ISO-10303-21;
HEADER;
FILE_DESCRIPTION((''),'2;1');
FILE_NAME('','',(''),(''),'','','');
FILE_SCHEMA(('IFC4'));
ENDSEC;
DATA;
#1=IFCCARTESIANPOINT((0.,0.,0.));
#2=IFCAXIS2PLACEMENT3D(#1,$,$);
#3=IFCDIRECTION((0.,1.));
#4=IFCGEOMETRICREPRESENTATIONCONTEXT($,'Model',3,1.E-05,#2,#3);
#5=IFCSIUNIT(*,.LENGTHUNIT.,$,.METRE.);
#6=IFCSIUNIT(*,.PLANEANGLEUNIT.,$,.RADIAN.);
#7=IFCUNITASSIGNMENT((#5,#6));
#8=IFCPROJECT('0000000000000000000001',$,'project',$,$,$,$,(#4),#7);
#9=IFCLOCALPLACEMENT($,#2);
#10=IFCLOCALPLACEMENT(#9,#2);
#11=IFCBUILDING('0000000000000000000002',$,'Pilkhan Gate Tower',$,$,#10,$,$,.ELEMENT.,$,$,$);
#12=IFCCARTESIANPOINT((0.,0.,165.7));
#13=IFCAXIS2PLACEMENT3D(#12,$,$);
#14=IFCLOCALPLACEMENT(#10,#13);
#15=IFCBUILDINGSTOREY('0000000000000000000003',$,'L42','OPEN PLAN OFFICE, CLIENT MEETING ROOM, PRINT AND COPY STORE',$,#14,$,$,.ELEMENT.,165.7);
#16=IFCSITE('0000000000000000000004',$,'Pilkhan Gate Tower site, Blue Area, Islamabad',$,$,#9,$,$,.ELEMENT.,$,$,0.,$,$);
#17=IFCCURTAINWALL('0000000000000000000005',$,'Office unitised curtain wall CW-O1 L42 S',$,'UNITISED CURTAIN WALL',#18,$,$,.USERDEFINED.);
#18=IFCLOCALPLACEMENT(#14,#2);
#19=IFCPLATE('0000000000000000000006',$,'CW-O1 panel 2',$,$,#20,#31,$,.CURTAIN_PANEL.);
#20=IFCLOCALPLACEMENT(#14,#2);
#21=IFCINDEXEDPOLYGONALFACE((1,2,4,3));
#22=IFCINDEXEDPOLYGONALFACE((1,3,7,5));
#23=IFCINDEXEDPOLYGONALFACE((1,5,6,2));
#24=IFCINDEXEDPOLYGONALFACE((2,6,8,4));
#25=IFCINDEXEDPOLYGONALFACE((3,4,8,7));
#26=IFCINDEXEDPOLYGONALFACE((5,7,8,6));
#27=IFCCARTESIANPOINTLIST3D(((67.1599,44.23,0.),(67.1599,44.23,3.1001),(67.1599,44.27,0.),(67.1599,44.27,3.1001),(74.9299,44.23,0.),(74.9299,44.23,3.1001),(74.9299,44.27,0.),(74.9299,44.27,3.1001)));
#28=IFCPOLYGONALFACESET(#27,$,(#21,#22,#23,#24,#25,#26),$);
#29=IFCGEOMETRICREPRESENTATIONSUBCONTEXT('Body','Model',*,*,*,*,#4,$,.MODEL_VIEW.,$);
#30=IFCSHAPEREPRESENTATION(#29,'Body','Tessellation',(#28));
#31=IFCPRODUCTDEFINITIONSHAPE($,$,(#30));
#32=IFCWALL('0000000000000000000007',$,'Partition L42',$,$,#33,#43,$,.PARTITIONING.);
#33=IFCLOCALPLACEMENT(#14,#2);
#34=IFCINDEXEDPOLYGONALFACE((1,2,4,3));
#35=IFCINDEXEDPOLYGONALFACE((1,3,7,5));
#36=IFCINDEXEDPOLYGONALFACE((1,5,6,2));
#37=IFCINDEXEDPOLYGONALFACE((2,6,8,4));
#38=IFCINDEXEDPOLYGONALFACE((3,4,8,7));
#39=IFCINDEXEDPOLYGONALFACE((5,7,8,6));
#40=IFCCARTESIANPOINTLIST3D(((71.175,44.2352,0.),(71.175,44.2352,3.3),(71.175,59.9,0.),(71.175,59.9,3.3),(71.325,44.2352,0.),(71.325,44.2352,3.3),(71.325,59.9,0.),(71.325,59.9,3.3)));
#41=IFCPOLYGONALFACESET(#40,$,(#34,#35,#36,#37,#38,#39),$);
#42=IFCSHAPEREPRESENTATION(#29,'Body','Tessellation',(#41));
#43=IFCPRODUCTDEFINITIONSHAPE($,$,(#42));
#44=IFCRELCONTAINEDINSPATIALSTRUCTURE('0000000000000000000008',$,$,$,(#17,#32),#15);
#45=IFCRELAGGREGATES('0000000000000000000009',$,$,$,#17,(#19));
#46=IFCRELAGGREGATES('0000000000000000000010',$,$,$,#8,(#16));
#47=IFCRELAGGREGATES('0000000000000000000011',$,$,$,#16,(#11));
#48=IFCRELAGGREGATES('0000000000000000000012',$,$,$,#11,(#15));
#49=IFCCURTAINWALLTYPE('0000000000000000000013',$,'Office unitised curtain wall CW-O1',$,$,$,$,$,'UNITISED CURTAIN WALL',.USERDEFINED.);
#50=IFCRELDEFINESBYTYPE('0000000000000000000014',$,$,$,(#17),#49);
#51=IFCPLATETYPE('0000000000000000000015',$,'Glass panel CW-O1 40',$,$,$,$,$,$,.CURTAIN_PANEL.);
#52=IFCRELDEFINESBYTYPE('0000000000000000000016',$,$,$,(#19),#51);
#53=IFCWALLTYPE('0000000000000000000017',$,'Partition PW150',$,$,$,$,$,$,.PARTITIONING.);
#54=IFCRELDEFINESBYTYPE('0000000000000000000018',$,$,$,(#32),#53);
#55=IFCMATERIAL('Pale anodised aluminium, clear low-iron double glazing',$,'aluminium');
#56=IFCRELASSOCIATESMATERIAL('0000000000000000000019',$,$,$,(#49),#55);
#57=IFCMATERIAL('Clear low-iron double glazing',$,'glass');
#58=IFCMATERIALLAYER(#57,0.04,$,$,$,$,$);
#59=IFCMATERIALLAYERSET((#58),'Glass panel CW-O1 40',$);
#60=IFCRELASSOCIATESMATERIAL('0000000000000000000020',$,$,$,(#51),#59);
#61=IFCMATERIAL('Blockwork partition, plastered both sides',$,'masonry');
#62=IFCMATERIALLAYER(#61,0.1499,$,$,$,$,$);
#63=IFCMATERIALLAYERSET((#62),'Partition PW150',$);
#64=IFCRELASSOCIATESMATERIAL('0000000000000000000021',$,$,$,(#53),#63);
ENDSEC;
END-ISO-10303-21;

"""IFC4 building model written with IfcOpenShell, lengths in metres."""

from ifc_helpers import new_model, si_unit, direction, frame, frame_2d, origin, origin_2d, place, context, subcontext, project, spatial, rectangle, extrude, material, layer, layer_set, type_object, element, aggregate, save


model = new_model("IFC4")

# Units and contexts
model_context = context("Model", 3, precision=1e-05, world=origin(), true_north=direction((0.0, 1.0)))
body_context = subcontext(model_context, "Body", "Model", "MODEL_VIEW")
ifc_project = project(units=[si_unit("LENGTHUNIT", "METRE"), si_unit("PLANEANGLEUNIT", "RADIAN")], contexts=[model_context])

# Site, building, storey
site_placement = place(None, origin())
site = spatial("IfcSite", under=ifc_project, at=site_placement, Name="Pilkhan Gate Tower site, Blue Area, Islamabad", CompositionType="ELEMENT", RefElevation=0.0)
building_placement = place(site_placement, origin())
building = spatial("IfcBuilding", under=site, at=building_placement, Name="Pilkhan Gate Tower", CompositionType="ELEMENT")
storey_placement = place(building_placement, frame((0.0, 0.0, 165.7)))
storey = spatial("IfcBuildingStorey", under=building, at=storey_placement, Name="L42", Description="OPEN PLAN OFFICE, CLIENT MEETING ROOM, PRINT AND COPY STORE", CompositionType="ELEMENT", Elevation=165.7)

# Shared definitions
ifc_material_1 = material(Name="Pale anodised aluminium, clear low-iron double glazing", Category="aluminium")
curtain_wall_type = type_object("IfcCurtainWallType", Name="Office unitised curtain wall CW-O1", ElementType="UNITISED CURTAIN WALL", PredefinedType="USERDEFINED", material=ifc_material_1)

# Curtain wall
curtain_wall_1_placement = place(storey_placement, origin())
curtain_wall_1 = element("IfcCurtainWall", 1, at=curtain_wall_1_placement, inside=storey, type_object=curtain_wall_type, Name="Office unitised curtain wall CW-O1 L42 S", ObjectType="UNITISED CURTAIN WALL", PredefinedType="USERDEFINED")

# Plate
ifc_material_2 = material(Name="Clear low-iron double glazing", Category="glass")
ifc_layer_1 = layer(ifc_material_2, 0.04)
ifc_layer_set_1 = layer_set([ifc_layer_1], Name="Glass panel CW-O1 40")
plate_type = type_object("IfcPlateType", Name="Glass panel CW-O1 40", PredefinedType="CURTAIN_PANEL", material=ifc_layer_set_1)
plate_1_placement = place(storey_placement, frame((71.0449, 44.25, 0.0), z_axis=(0.0, 0.0, 1.0), x_axis=(1.0, 0.0, 0.0)))
plate_1 = element("IfcPlate", 2, at=plate_1_placement, type_object=plate_type, Name="CW-O1 panel 2", PredefinedType="CURTAIN_PANEL", context=body_context, shape_type="SweptSolid", body=[
    extrude(rectangle(XDim=7.77, YDim=0.04, at=origin_2d()), origin(), (0.0, 0.0, 1.0), 3.1001),
])
aggregate(curtain_wall_1, [plate_1])

# Wall
ifc_material_3 = material(Name="Blockwork partition, plastered both sides", Category="masonry")
ifc_layer_2 = layer(ifc_material_3, 0.1499)
ifc_layer_set_2 = layer_set([ifc_layer_2], Name="Partition PW150")
wall_type = type_object("IfcWallType", Name="Partition PW150", PredefinedType="PARTITIONING", material=ifc_layer_set_2)
wall_placement = place(storey_placement, frame((71.25, 44.2351, 0.0), z_axis=(0.0, 0.0, 1.0), x_axis=(0.0, 1.0, 0.0)))
element("IfcWall", 3, at=wall_placement, inside=storey, type_object=wall_type, Name="Partition L42", PredefinedType="PARTITIONING", context=body_context, shape_type="SweptSolid", body=[
    extrude(rectangle(XDim=15.6648, YDim=0.1499, at=frame_2d((7.8325, 0.0))), origin(), (0.0, 0.0, 1.0), 3.3),
])

save(model, "model.ifc")
